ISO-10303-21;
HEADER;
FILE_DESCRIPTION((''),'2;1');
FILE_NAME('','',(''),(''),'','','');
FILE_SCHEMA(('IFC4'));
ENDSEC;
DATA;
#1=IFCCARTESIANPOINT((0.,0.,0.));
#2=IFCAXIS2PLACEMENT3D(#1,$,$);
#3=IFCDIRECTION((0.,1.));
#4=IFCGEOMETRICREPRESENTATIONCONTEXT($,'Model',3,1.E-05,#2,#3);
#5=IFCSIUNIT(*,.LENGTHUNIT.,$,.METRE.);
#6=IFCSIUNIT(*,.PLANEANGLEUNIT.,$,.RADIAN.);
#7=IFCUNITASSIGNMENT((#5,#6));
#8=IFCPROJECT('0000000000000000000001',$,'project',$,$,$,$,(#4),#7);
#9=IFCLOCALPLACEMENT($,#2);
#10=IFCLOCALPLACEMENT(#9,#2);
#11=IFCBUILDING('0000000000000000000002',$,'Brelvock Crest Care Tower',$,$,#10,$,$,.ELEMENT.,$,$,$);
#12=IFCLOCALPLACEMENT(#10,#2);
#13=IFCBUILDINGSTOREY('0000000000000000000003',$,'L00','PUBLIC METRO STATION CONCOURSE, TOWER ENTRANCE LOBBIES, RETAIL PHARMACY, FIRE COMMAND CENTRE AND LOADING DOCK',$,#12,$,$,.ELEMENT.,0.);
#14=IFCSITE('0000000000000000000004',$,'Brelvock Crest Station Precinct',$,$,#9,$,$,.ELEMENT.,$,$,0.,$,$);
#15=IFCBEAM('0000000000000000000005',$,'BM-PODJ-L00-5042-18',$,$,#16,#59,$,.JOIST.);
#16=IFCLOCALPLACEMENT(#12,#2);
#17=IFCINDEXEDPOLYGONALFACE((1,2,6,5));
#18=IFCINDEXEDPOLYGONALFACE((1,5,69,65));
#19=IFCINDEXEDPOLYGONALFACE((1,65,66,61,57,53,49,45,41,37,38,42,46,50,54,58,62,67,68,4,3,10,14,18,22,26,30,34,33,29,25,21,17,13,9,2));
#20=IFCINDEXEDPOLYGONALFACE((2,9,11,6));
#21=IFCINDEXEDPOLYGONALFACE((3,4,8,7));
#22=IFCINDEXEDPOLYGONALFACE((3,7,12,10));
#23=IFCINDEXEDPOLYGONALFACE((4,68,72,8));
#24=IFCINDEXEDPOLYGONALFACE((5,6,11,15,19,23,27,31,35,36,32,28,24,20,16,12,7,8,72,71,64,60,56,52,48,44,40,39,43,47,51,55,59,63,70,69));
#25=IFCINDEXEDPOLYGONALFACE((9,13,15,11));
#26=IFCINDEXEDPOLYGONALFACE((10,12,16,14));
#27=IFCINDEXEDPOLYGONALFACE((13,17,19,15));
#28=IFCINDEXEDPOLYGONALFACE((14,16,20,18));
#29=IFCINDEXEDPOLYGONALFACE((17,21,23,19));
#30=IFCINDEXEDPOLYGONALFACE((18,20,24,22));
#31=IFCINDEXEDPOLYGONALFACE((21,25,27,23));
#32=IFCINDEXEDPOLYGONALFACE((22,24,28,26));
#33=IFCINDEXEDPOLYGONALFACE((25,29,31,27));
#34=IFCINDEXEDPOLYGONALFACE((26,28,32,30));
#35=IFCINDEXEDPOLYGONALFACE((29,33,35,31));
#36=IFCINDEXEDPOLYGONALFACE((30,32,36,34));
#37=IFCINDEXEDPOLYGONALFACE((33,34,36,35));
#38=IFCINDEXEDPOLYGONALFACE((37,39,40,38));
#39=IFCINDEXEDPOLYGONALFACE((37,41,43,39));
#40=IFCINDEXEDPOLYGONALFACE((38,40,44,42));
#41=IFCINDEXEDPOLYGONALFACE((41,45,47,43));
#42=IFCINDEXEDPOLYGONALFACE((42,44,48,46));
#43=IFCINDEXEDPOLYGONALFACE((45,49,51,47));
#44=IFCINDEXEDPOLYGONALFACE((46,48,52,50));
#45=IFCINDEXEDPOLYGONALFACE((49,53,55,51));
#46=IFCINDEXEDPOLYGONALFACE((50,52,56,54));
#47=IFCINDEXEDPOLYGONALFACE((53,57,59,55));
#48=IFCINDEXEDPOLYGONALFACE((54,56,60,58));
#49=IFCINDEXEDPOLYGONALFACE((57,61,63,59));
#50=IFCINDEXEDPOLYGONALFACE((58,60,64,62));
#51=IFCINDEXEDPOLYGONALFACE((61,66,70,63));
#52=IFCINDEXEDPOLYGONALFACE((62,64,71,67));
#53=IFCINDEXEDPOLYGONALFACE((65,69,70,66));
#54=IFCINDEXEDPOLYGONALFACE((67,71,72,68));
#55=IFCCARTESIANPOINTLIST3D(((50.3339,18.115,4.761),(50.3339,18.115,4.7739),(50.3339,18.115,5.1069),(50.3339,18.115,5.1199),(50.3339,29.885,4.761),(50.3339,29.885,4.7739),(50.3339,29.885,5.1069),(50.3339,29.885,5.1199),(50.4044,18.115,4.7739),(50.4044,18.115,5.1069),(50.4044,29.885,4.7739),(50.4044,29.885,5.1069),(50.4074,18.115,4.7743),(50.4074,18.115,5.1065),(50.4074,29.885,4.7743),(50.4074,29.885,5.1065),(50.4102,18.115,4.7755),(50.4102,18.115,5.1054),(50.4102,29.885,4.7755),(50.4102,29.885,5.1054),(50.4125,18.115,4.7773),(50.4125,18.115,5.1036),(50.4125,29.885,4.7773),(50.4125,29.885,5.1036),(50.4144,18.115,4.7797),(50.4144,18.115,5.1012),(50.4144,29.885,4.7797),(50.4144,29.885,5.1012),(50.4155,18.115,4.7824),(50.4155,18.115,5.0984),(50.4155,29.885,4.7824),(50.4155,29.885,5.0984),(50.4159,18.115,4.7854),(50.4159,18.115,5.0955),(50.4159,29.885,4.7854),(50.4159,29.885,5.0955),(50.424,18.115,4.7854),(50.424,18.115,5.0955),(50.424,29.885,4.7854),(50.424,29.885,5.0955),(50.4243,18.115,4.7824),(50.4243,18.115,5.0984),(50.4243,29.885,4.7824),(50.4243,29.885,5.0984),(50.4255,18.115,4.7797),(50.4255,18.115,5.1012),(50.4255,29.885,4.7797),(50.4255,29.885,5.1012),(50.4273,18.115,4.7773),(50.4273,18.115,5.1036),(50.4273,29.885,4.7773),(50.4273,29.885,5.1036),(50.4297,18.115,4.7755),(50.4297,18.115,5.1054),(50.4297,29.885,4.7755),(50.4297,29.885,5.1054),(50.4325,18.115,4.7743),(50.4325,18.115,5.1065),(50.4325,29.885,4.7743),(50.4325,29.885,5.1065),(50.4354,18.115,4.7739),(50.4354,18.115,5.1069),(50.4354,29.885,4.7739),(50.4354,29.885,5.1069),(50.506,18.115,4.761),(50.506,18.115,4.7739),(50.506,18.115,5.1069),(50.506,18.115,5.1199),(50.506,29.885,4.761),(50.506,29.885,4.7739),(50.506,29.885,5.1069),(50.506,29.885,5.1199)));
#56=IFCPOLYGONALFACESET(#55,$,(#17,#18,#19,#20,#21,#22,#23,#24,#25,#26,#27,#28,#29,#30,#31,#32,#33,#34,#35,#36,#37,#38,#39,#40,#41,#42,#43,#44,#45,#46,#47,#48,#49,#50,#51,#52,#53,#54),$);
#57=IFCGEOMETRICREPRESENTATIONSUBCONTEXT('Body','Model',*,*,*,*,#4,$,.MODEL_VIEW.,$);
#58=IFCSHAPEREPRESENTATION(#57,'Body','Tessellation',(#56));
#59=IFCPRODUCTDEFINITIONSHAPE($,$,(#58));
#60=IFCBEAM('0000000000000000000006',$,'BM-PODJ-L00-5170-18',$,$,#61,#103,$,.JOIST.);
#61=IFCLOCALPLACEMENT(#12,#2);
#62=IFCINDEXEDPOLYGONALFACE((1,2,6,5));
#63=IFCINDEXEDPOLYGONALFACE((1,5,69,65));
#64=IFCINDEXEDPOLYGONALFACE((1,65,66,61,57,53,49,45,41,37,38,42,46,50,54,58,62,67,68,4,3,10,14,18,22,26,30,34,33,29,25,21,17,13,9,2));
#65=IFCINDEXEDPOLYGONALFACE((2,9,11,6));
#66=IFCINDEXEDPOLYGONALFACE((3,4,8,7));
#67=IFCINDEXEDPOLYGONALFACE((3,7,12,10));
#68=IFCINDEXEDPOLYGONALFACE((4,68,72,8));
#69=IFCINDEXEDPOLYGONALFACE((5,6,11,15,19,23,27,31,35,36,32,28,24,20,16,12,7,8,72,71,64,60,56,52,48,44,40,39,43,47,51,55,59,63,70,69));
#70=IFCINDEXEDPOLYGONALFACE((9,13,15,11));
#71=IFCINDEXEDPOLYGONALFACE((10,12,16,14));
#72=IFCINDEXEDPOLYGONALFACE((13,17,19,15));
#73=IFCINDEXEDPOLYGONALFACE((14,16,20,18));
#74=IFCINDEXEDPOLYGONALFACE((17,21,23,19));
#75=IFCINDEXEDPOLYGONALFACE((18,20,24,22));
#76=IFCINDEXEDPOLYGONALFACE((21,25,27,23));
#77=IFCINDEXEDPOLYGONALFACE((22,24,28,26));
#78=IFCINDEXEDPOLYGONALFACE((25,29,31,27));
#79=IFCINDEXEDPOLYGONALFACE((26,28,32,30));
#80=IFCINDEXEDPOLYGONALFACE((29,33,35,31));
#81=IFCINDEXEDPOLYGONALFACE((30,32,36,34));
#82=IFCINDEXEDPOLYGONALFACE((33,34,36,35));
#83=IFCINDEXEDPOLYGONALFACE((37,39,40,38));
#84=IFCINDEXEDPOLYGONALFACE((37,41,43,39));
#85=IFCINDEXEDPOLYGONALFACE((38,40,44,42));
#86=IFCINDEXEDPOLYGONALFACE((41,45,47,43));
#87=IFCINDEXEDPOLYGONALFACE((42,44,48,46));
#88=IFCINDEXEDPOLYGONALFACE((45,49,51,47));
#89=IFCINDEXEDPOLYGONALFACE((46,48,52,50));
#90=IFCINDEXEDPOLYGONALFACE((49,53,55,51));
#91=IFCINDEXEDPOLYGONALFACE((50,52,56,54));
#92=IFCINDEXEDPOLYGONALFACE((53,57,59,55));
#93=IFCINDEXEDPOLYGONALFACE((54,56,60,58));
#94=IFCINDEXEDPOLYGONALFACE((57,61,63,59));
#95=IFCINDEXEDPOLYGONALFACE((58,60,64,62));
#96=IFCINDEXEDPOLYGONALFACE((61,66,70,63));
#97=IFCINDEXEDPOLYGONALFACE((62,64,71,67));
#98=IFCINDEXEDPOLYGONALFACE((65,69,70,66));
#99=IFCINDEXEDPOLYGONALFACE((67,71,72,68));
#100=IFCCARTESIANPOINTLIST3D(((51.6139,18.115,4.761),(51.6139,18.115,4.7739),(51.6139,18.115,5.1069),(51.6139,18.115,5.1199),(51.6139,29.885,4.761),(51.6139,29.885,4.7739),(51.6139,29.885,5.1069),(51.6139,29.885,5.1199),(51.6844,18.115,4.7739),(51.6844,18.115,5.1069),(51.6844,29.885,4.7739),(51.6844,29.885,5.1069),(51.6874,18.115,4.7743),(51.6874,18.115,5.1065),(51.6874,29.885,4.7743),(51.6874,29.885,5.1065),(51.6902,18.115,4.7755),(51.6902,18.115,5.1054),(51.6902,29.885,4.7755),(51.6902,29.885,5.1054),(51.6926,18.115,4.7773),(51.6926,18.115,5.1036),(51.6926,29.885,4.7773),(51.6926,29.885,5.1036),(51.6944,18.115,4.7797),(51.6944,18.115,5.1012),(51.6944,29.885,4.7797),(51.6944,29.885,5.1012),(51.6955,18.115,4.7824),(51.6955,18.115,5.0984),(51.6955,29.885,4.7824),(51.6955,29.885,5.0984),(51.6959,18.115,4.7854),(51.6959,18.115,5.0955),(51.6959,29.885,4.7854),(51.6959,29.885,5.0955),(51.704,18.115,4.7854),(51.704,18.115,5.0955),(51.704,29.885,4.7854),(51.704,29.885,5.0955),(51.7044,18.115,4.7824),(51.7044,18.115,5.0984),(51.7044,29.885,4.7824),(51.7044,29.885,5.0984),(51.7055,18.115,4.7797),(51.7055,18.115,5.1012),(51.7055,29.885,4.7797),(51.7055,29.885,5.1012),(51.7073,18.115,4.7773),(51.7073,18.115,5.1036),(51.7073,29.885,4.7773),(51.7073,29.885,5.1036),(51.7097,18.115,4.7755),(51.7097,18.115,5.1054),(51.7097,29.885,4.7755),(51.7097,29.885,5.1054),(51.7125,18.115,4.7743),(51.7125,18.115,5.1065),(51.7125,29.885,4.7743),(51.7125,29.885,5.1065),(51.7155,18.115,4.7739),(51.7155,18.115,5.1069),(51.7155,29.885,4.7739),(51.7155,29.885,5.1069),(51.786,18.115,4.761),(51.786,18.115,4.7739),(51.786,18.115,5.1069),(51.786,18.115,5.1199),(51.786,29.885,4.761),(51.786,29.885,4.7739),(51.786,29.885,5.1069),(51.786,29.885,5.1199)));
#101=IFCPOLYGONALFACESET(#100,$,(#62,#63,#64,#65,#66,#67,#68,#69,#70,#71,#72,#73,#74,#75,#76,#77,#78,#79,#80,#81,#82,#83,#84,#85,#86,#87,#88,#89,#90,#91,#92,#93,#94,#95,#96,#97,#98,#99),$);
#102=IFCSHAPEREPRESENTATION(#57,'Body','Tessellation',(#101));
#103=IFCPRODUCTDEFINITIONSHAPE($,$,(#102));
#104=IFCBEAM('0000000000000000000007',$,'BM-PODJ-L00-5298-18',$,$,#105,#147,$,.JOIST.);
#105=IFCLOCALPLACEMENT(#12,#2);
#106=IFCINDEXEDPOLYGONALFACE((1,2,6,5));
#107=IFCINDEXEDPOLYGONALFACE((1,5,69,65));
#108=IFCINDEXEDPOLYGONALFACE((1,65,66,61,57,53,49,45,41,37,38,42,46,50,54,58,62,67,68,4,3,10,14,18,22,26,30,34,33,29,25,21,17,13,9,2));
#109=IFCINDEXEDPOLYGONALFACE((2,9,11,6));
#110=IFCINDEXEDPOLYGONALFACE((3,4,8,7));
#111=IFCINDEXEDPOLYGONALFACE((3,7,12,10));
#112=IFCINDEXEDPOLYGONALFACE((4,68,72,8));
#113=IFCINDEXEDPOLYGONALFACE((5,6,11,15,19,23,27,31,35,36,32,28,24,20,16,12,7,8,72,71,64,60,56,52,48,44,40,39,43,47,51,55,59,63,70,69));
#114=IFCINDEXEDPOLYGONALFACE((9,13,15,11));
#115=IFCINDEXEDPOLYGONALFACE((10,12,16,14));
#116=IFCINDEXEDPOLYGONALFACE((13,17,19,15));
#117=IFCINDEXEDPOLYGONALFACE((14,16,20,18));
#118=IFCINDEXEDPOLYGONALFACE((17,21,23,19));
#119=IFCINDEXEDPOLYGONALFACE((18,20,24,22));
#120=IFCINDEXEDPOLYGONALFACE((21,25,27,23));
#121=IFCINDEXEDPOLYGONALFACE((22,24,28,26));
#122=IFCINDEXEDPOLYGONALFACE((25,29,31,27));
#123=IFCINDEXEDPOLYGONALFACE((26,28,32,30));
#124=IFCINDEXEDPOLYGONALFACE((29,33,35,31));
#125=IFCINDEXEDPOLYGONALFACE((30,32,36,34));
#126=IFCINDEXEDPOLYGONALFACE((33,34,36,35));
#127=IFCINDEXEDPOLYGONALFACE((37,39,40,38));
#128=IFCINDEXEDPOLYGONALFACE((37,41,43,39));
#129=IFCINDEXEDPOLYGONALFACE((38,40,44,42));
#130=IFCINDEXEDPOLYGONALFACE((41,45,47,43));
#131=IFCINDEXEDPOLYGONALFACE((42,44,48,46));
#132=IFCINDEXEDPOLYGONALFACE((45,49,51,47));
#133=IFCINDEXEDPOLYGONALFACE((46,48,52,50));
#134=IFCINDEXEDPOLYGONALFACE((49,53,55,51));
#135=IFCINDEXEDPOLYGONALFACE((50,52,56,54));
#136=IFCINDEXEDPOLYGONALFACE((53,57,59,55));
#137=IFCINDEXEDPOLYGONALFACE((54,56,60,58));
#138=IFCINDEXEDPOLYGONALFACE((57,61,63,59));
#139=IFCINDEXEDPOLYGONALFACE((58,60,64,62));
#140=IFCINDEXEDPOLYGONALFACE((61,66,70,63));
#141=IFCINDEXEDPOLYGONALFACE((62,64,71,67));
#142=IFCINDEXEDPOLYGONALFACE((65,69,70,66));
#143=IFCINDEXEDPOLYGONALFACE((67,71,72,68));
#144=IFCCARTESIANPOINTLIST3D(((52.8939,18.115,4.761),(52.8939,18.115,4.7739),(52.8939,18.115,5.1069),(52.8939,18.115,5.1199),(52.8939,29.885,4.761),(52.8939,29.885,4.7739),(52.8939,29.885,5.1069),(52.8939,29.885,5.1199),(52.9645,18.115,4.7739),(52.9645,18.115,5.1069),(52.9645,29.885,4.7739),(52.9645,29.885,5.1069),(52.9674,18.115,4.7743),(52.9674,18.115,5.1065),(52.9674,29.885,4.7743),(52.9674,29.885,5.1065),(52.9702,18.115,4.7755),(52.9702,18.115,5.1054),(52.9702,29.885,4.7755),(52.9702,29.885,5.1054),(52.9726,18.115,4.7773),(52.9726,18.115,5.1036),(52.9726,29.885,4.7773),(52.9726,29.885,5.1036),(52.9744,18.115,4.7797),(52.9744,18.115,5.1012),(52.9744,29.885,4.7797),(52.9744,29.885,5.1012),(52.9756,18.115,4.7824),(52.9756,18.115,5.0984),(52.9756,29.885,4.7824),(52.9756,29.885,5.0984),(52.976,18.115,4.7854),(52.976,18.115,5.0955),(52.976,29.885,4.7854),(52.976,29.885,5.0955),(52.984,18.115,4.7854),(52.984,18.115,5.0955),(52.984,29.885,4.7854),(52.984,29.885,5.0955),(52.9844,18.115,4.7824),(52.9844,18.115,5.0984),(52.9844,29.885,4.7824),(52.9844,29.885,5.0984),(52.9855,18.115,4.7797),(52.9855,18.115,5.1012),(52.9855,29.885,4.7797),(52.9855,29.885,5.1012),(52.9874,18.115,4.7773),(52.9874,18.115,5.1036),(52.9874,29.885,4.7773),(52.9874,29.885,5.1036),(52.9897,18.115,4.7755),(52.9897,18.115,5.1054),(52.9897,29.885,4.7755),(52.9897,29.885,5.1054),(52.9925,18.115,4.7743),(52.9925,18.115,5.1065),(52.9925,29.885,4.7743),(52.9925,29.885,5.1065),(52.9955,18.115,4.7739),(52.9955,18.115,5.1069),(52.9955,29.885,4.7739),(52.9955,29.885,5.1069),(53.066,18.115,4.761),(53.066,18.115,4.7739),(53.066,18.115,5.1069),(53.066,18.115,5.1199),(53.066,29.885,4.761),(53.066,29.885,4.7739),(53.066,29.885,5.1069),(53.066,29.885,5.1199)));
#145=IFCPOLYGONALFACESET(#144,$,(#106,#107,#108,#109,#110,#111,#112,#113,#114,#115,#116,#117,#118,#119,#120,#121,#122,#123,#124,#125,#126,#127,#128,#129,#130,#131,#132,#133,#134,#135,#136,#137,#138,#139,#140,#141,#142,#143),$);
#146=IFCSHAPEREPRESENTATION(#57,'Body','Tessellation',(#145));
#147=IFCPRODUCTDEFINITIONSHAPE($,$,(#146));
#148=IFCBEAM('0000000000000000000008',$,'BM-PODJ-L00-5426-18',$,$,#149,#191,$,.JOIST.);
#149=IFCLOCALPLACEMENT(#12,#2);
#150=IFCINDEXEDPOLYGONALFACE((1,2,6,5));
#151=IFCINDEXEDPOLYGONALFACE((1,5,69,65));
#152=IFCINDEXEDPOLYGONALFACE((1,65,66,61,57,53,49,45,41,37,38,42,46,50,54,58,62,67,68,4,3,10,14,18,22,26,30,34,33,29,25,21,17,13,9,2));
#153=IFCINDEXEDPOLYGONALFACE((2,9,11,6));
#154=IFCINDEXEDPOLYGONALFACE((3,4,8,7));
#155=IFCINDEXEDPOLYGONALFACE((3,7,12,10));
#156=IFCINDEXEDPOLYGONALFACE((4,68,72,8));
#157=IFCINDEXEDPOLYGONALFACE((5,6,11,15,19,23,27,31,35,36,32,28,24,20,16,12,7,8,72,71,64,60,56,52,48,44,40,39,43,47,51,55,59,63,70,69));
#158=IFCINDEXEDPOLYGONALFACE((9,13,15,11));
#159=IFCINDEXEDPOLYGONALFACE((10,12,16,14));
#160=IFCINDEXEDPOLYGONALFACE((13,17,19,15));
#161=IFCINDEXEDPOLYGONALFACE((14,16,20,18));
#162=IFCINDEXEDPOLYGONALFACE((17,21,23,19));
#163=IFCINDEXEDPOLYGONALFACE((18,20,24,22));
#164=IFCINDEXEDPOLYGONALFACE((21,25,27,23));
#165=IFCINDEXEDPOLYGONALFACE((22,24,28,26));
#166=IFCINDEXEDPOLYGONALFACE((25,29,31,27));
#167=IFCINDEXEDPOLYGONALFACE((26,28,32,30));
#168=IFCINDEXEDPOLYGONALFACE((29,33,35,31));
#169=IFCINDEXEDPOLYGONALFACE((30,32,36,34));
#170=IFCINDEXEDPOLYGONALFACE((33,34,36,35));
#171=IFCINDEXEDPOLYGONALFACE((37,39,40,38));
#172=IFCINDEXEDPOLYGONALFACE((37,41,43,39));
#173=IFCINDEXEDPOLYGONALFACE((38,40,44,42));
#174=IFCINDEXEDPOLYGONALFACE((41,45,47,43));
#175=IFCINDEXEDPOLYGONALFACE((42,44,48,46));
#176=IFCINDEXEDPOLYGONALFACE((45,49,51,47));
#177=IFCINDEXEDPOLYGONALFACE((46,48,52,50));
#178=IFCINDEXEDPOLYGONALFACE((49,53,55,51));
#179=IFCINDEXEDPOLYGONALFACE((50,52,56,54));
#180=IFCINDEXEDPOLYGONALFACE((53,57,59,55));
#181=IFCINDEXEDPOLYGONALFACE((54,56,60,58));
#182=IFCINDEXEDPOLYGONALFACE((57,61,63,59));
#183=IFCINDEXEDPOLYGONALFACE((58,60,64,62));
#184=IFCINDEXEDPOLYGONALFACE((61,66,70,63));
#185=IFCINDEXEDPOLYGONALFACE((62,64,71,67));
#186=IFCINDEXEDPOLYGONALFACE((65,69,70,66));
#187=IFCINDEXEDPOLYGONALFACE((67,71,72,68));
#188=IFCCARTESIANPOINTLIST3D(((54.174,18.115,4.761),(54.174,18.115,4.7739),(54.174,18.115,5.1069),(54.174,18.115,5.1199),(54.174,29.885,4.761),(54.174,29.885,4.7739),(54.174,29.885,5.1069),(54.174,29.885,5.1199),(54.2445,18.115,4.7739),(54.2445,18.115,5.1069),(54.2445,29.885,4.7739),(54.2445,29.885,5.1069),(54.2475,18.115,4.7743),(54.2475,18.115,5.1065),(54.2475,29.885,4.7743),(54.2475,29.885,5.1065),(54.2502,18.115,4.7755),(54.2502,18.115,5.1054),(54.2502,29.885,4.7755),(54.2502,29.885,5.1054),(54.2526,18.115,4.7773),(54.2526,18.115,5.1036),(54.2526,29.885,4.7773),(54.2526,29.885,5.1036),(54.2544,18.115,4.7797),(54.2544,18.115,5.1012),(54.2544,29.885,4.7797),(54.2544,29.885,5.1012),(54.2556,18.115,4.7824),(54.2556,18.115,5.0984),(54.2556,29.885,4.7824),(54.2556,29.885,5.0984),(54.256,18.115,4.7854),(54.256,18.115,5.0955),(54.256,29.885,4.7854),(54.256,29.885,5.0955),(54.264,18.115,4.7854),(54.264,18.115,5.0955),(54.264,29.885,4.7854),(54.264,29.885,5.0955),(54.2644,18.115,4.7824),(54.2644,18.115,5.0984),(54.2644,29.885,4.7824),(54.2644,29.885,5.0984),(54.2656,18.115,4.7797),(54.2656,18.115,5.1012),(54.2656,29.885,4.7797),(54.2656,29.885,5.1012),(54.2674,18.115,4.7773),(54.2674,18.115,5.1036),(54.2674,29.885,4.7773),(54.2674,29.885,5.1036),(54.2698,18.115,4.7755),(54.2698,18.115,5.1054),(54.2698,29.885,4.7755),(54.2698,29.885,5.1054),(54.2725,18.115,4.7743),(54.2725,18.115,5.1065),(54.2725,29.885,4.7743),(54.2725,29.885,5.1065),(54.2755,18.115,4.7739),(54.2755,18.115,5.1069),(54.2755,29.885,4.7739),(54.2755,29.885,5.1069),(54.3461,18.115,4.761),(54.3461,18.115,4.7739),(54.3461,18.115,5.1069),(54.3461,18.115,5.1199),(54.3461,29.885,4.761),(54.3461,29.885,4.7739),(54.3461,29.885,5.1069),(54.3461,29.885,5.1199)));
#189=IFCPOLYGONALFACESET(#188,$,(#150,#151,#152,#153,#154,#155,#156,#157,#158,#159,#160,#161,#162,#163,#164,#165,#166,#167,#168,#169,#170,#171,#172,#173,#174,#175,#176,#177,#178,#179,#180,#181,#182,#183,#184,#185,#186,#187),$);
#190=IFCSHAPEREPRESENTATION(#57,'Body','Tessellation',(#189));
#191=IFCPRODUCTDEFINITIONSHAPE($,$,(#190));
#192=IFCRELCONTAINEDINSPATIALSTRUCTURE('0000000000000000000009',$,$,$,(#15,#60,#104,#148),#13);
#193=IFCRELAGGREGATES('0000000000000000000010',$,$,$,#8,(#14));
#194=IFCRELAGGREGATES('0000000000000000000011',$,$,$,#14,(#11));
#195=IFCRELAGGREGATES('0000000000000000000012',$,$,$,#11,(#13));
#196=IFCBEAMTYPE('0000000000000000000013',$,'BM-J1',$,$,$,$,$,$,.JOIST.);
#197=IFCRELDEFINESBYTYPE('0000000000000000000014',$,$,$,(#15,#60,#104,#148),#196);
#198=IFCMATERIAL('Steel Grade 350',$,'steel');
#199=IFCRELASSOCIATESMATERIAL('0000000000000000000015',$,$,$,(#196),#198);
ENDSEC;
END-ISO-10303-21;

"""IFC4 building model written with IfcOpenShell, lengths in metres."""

from ifc_helpers import new_model, si_unit, direction, frame, origin, origin_2d, place, context, subcontext, project, spatial, i_section, extrude, source, transform, mapped, material, material_profile, profile_set, type_object, element, save


model = new_model("IFC4")

# Units and contexts
model_context = context("Model", 3, precision=1e-05, world=origin(), true_north=direction((0.0, 1.0)))
body_context = subcontext(model_context, "Body", "Model", "MODEL_VIEW")
ifc_project = project(units=[si_unit("LENGTHUNIT", "METRE"), si_unit("PLANEANGLEUNIT", "RADIAN")], contexts=[model_context])

# Site, building, storey
site_placement = place(None, origin())
site = spatial("IfcSite", under=ifc_project, at=site_placement, Name="Brelvock Crest Station Precinct", CompositionType="ELEMENT", RefElevation=0.0)
building_placement = place(site_placement, origin())
building = spatial("IfcBuilding", under=site, at=building_placement, Name="Brelvock Crest Care Tower", CompositionType="ELEMENT")
storey_placement = place(building_placement, origin())
storey = spatial("IfcBuildingStorey", under=building, at=storey_placement, Name="L00", Description="PUBLIC METRO STATION CONCOURSE, TOWER ENTRANCE LOBBIES, RETAIL PHARMACY, FIRE COMMAND CENTRE AND LOADING DOCK", CompositionType="ELEMENT", Elevation=0.0)

# Shared definitions
ifc_material_1 = material(Name="Steel Grade 350", Category="steel")

# Beams
ifc_material_profile_1 = material_profile(ifc_material_1, i_section(OverallWidth=0.1721, OverallDepth=0.3589, WebThickness=0.0081, FlangeThickness=0.0129, FilletRadius=0.0115, at=origin_2d()), Name="360UB56.7")
ifc_profile_set_1 = profile_set([ifc_material_profile_1], Name="Steel Grade 350")
beam_type_1 = type_object("IfcBeamType", Name="BM-J1", PredefinedType="JOIST", material=ifc_profile_set_1)
shared_shape_1 = source(origin(), body_context, "Body", "SweptSolid", [
    extrude(i_section(OverallWidth=0.1721, OverallDepth=0.3589, WebThickness=0.0081, FlangeThickness=0.0129, FilletRadius=0.0115, at=origin_2d()), origin(), (0.0, 0.0, 1.0), 11.77),
])
for number, where, z_axis, x_axis, name in (
    (1, (50.4199, 18.115, 4.9404), (0.0, 1.0, 0.0), (-1.0, 0.0, 0.0), "BM-PODJ-L00-5042-18"),
    (2, (51.7, 18.115, 4.9404), (0.0, 1.0, 0.0), (-1.0, 0.0, 0.0), "BM-PODJ-L00-5170-18"),
    (3, (52.98, 18.115, 4.9404), (0.0, 1.0, 0.0), (-1.0, 0.0, 0.0), "BM-PODJ-L00-5298-18"),
    (4, (54.26, 18.115, 4.9404), (0.0, 1.0, 0.0), (-1.0, 0.0, 0.0), "BM-PODJ-L00-5426-18"),
):
    element("IfcBeam", number, at=place(storey_placement, frame(where, z_axis=z_axis, x_axis=x_axis)), inside=storey, type_object=beam_type_1, Name=name, PredefinedType="JOIST", context=body_context, shape_type="MappedRepresentation", body=[
        mapped(shared_shape_1, transform((0.0, 0.0, 0.0), x_axis=(1.0, 0.0, 0.0), y_axis=(0.0, 1.0, 0.0), z_axis=(0.0, 0.0, 1.0), scale=1.0)),
    ])

save(model, "model.ifc")
